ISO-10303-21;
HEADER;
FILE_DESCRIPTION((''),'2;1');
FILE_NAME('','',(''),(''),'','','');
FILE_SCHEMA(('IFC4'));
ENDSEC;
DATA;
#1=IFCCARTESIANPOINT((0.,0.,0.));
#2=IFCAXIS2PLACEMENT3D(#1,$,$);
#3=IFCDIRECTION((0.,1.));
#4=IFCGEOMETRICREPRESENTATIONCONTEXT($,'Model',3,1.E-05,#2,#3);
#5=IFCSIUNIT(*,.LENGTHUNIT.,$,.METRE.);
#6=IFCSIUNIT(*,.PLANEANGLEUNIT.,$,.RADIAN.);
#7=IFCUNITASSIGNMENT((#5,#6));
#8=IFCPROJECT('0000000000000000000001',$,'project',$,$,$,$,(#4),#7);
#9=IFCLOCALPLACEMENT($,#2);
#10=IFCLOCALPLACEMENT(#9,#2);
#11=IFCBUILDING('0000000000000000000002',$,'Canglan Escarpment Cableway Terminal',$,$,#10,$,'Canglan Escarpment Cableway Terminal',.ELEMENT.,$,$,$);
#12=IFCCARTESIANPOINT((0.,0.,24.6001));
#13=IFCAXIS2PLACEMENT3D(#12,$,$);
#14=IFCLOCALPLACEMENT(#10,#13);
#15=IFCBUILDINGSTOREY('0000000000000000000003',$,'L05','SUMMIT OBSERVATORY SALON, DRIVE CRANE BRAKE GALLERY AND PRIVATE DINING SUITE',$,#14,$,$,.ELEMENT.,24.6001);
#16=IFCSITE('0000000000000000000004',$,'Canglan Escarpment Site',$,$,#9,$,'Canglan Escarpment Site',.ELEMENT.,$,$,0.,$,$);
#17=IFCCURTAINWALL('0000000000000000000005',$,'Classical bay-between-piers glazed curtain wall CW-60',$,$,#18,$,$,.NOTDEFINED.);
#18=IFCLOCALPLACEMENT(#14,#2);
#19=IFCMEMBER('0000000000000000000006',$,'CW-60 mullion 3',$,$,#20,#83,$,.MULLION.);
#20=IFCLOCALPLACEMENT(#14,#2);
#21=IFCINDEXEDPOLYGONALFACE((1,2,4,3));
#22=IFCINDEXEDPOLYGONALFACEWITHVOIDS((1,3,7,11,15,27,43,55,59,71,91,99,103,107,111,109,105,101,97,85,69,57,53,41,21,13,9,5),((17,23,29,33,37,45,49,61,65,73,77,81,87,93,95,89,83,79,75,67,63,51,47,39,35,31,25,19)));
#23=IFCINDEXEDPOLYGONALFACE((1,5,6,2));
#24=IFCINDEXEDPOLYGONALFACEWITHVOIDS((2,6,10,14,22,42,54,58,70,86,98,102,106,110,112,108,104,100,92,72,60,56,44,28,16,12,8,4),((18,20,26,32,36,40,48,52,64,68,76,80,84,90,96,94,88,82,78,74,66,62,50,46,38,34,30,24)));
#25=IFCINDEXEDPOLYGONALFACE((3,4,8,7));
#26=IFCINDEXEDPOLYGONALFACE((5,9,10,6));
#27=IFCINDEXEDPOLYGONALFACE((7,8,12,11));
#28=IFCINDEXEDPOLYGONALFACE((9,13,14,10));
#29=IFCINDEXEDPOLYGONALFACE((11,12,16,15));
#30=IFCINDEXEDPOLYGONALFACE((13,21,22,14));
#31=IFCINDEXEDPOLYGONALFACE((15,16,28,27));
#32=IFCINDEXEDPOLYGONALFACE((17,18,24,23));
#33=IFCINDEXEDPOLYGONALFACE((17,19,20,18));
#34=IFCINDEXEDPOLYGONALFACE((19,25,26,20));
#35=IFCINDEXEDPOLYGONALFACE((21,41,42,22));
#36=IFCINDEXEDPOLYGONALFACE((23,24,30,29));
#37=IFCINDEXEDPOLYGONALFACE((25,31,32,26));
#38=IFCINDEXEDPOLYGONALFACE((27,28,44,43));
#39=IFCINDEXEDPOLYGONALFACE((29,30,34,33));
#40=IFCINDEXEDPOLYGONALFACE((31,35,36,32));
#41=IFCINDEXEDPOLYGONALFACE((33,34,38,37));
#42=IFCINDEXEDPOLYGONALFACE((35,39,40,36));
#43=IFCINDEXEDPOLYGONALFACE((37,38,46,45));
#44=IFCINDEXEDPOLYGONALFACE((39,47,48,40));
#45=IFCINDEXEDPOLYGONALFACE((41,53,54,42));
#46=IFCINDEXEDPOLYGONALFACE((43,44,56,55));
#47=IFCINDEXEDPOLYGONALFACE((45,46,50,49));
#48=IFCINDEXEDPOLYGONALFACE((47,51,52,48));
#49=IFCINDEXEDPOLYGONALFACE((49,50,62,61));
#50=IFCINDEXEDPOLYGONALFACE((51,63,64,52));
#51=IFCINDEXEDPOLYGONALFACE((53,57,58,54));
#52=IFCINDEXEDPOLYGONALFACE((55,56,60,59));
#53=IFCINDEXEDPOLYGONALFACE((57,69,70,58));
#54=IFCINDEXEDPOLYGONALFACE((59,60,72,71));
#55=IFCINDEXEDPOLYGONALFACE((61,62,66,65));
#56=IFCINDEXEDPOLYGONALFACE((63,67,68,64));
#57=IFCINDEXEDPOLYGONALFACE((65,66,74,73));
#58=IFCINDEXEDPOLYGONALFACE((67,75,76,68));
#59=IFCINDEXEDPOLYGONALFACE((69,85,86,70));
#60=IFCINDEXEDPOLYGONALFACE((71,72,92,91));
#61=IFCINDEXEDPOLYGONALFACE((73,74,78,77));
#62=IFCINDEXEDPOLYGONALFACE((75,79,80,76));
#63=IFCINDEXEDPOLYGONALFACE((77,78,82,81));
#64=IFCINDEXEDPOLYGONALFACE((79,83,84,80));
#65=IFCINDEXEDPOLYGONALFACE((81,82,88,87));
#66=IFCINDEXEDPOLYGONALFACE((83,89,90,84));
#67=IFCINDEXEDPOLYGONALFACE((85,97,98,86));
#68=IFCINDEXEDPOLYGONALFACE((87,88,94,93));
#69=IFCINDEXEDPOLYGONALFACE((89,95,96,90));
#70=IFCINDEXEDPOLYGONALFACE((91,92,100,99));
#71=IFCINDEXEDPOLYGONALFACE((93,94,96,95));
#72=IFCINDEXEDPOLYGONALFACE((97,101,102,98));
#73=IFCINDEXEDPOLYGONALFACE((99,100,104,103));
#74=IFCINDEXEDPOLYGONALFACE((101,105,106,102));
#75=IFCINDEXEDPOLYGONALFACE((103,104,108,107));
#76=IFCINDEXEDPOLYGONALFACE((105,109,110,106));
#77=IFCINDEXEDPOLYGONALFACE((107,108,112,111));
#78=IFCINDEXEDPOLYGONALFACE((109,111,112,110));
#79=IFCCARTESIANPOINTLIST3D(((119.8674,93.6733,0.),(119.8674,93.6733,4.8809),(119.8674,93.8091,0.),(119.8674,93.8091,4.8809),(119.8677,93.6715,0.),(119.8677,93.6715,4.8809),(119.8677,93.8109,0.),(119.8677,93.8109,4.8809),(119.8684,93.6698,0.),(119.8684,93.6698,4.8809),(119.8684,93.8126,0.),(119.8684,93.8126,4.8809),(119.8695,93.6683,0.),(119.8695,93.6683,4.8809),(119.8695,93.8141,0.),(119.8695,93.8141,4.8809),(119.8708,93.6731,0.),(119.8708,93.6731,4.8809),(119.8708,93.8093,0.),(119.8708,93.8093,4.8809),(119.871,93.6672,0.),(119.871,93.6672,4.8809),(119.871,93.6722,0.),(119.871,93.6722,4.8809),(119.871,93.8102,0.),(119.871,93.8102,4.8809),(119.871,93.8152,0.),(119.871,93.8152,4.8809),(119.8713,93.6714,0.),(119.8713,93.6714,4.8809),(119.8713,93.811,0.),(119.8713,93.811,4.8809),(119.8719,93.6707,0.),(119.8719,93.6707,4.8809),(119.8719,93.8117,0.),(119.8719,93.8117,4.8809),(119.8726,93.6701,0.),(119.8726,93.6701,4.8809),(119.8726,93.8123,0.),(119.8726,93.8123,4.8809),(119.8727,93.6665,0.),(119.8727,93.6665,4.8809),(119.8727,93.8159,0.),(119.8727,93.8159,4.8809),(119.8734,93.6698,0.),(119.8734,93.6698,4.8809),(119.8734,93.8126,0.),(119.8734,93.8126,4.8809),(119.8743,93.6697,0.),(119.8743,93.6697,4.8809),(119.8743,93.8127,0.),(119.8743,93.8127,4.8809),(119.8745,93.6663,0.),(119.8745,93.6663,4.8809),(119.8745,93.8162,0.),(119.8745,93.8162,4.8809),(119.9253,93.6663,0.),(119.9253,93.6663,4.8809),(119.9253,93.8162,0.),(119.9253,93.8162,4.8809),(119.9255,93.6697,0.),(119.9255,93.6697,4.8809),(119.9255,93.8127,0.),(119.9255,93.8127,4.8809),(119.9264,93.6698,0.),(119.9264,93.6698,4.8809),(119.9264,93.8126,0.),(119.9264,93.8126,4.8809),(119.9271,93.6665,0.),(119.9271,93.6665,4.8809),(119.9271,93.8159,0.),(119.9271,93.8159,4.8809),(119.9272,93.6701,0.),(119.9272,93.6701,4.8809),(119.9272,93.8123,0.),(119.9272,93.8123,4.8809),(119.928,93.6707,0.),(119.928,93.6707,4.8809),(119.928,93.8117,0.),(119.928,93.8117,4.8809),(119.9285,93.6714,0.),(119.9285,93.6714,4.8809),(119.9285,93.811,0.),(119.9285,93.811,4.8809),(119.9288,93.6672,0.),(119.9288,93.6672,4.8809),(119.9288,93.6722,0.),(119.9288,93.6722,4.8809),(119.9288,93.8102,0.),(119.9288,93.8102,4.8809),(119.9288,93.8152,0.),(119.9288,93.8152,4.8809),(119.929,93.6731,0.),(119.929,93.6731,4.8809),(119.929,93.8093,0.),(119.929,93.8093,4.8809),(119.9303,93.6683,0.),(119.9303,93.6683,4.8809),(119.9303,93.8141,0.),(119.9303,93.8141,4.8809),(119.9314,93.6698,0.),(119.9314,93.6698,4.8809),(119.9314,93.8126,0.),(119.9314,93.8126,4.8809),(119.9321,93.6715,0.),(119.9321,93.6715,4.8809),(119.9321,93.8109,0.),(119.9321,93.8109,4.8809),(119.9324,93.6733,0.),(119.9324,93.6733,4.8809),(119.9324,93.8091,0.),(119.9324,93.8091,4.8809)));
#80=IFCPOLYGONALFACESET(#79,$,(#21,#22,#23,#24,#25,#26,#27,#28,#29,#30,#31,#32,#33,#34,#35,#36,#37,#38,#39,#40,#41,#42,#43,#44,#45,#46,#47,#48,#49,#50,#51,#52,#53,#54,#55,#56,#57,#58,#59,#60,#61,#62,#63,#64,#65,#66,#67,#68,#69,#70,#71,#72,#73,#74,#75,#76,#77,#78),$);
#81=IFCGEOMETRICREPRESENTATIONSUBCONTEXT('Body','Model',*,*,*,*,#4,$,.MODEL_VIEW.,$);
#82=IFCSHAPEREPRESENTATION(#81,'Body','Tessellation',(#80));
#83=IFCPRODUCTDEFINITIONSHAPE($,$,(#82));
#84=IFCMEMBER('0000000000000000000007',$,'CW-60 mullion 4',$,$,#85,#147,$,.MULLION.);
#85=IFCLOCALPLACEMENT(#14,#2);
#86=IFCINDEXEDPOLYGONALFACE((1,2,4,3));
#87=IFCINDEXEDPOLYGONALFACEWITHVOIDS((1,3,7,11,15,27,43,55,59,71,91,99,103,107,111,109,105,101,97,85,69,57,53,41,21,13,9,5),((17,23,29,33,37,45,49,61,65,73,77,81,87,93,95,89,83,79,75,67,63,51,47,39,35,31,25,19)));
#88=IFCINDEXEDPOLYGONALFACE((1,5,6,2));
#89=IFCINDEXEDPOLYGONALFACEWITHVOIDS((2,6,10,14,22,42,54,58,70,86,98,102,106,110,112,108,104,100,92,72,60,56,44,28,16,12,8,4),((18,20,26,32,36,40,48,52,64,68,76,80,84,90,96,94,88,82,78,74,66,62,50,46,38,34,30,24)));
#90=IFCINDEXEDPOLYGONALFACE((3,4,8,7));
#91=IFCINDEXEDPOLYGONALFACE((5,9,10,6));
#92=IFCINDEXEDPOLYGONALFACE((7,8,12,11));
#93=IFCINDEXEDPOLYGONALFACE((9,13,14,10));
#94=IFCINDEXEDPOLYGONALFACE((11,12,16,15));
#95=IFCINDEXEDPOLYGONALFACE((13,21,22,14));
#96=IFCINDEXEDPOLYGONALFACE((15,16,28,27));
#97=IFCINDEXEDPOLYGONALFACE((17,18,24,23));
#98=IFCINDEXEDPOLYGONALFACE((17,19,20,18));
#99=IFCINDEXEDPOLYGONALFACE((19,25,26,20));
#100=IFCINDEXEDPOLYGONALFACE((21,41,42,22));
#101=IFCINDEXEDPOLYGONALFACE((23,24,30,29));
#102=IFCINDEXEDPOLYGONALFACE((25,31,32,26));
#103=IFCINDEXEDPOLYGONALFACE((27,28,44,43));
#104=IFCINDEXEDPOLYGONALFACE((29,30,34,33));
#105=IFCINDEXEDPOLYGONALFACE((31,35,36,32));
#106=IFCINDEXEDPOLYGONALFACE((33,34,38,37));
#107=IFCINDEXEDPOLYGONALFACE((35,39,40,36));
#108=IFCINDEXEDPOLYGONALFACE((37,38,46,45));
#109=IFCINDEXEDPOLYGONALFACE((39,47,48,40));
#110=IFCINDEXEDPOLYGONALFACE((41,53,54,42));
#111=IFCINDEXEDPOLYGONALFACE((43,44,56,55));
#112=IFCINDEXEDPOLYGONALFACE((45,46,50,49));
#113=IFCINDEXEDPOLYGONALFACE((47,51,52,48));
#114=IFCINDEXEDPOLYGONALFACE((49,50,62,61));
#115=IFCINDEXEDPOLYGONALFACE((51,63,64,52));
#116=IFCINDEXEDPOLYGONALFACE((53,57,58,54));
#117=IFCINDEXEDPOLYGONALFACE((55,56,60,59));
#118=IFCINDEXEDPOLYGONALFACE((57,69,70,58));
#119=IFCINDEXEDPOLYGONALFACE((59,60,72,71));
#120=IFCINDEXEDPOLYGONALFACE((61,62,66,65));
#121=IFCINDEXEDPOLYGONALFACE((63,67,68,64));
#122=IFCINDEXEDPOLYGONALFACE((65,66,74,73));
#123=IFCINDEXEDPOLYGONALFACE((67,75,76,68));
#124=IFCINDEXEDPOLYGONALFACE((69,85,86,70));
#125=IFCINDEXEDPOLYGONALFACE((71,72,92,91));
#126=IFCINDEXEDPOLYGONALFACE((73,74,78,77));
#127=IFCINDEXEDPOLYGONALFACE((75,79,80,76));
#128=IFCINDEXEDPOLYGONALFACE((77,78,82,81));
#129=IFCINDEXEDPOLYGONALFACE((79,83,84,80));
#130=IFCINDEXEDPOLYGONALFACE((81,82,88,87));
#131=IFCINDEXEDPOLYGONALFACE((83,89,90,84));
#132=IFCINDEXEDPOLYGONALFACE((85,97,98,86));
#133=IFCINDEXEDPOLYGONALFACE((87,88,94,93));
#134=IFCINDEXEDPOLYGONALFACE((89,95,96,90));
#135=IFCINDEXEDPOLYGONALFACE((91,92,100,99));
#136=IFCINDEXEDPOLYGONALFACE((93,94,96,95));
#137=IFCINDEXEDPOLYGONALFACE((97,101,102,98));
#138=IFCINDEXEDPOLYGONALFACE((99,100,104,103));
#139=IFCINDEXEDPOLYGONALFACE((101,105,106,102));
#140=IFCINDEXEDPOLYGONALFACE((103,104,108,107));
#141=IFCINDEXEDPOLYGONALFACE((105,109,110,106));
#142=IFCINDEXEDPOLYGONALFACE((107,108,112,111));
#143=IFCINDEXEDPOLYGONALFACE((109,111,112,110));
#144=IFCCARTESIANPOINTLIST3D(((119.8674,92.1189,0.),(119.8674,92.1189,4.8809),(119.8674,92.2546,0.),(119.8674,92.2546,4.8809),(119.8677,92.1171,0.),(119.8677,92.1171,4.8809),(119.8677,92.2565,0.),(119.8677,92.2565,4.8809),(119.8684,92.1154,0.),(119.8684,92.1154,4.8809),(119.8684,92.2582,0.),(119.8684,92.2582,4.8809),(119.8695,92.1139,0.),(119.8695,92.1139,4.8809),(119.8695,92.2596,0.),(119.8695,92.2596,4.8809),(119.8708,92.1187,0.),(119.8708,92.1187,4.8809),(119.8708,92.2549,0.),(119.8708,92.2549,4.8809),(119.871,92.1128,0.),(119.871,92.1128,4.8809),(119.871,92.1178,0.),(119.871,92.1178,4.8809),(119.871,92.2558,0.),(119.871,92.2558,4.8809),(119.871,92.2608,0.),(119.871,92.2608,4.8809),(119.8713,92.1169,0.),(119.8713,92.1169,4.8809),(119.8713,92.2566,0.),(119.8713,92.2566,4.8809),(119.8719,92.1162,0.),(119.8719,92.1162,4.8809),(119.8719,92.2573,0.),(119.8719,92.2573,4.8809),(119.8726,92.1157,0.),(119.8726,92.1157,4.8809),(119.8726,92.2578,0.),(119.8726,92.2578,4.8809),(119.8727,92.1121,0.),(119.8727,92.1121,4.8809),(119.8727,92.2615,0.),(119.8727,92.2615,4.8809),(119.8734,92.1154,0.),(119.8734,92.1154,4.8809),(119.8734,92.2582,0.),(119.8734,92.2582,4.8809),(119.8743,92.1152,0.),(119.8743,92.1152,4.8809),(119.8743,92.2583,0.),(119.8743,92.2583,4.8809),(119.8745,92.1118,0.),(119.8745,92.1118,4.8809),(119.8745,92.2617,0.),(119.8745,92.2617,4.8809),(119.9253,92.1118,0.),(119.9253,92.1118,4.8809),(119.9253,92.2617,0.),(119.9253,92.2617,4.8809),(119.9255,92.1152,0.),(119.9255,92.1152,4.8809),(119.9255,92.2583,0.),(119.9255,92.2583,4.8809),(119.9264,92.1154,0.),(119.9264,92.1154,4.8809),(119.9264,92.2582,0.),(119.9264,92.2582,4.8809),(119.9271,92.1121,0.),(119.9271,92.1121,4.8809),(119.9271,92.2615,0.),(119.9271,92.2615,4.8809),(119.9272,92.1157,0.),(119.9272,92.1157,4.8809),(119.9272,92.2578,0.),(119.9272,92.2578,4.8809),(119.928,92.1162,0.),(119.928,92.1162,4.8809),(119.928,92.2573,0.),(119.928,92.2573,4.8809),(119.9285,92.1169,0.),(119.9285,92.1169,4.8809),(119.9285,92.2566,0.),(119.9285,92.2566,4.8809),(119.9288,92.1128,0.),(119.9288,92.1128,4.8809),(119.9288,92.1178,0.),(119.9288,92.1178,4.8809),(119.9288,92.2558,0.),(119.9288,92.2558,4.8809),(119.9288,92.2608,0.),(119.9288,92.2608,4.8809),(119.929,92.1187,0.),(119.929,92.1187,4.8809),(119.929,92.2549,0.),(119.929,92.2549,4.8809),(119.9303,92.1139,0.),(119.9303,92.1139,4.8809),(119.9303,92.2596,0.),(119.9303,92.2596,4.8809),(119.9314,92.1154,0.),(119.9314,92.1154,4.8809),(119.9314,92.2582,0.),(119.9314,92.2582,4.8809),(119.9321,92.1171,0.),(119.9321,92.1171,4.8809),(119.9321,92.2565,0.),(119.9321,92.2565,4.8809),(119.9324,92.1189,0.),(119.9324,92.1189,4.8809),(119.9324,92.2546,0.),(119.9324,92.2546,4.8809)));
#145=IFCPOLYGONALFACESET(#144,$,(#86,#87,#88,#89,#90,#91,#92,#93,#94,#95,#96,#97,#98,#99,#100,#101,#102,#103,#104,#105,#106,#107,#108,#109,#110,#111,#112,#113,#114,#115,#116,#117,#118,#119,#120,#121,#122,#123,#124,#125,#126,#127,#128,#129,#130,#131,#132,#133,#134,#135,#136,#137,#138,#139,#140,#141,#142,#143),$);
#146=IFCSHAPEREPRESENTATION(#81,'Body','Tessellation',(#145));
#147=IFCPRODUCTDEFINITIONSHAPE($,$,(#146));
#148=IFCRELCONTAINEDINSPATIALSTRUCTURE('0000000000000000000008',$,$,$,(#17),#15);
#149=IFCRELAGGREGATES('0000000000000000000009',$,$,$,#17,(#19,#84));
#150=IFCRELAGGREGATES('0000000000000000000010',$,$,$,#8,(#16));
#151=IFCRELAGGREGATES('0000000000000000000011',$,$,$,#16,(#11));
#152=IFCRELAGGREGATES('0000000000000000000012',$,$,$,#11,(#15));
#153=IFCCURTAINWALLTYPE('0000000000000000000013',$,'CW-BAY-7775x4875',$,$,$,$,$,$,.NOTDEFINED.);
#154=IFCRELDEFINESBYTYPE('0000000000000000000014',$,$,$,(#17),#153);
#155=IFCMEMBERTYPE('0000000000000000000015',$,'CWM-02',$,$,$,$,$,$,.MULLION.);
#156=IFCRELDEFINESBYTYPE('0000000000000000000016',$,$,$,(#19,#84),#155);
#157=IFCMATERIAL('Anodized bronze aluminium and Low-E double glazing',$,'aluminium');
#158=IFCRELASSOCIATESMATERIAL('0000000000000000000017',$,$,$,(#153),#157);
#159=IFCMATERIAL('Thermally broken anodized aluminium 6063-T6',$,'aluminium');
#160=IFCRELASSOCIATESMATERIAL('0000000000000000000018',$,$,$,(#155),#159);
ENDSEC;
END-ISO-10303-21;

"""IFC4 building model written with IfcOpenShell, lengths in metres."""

from ifc_helpers import new_model, si_unit, direction, frame, origin, origin_2d, place, context, subcontext, project, spatial, hollow_rectangle, extrude, material, material_profile, profile_set, type_object, element, aggregate, save


model = new_model("IFC4")

# Units and contexts
model_context = context("Model", 3, precision=1e-05, world=origin(), true_north=direction((0.0, 1.0)))
body_context = subcontext(model_context, "Body", "Model", "MODEL_VIEW")
ifc_project = project(units=[si_unit("LENGTHUNIT", "METRE"), si_unit("PLANEANGLEUNIT", "RADIAN")], contexts=[model_context])

# Site, building, storey
site_placement = place(None, origin())
site = spatial("IfcSite", under=ifc_project, at=site_placement, Name="Canglan Escarpment Site", LongName="Canglan Escarpment Site", CompositionType="ELEMENT", RefElevation=0.0)
building_placement = place(site_placement, origin())
building = spatial("IfcBuilding", under=site, at=building_placement, Name="Canglan Escarpment Cableway Terminal", LongName="Canglan Escarpment Cableway Terminal", CompositionType="ELEMENT")
storey_placement = place(building_placement, frame((0.0, 0.0, 24.6001)))
storey = spatial("IfcBuildingStorey", under=building, at=storey_placement, Name="L05", Description="SUMMIT OBSERVATORY SALON, DRIVE CRANE BRAKE GALLERY AND PRIVATE DINING SUITE", CompositionType="ELEMENT", Elevation=24.6001)

# Curtain wall, members
ifc_material_1 = material(Name="Anodized bronze aluminium and Low-E double glazing", Category="aluminium")
curtain_wall_type = type_object("IfcCurtainWallType", Name="CW-BAY-7775x4875", PredefinedType="NOTDEFINED", material=ifc_material_1)
curtain_wall_placement = place(storey_placement, origin())
curtain_wall = element("IfcCurtainWall", 1, at=curtain_wall_placement, inside=storey, type_object=curtain_wall_type, Name="Classical bay-between-piers glazed curtain wall CW-60", PredefinedType="NOTDEFINED")
ifc_material_2 = material(Name="Thermally broken anodized aluminium 6063-T6", Category="aluminium")
ifc_material_profile_1 = material_profile(ifc_material_2, hollow_rectangle(XDim=0.0649, YDim=0.1499, WallThickness=0.0034, InnerFilletRadius=0.0034, OuterFilletRadius=0.0071, at=origin_2d()), Name="ALU-MULL 65x150x3.5")
ifc_profile_set_1 = profile_set([ifc_material_profile_1], Name="Thermally broken anodized aluminium 6063-T6")
member_type = type_object("IfcMemberType", Name="CWM-02", PredefinedType="MULLION", material=ifc_profile_set_1)
member_1_placement = place(storey_placement, frame((119.8999, 93.7412, 0.0), z_axis=(0.0, 0.0, 1.0), x_axis=(1.0, 0.0, 0.0)))
member_1 = element("IfcMember", 2, at=member_1_placement, type_object=member_type, Name="CW-60 mullion 3", PredefinedType="MULLION", context=body_context, shape_type="SweptSolid", body=[
    extrude(hollow_rectangle(XDim=0.0649, YDim=0.1499, WallThickness=0.0034, InnerFilletRadius=0.0034, OuterFilletRadius=0.0071, at=origin_2d()), origin(), (0.0, 0.0, 1.0), 4.8809),
])
member_2_placement = place(storey_placement, frame((119.8999, 92.1868, 0.0), z_axis=(0.0, 0.0, 1.0), x_axis=(1.0, 0.0, 0.0)))
member_2 = element("IfcMember", 3, at=member_2_placement, type_object=member_type, Name="CW-60 mullion 4", PredefinedType="MULLION", context=body_context, shape_type="SweptSolid", body=[
    extrude(hollow_rectangle(XDim=0.0649, YDim=0.1499, WallThickness=0.0034, InnerFilletRadius=0.0034, OuterFilletRadius=0.0071, at=origin_2d()), origin(), (0.0, 0.0, 1.0), 4.8809),
])
aggregate(curtain_wall, [member_1, member_2])

save(model, "model.ifc")
